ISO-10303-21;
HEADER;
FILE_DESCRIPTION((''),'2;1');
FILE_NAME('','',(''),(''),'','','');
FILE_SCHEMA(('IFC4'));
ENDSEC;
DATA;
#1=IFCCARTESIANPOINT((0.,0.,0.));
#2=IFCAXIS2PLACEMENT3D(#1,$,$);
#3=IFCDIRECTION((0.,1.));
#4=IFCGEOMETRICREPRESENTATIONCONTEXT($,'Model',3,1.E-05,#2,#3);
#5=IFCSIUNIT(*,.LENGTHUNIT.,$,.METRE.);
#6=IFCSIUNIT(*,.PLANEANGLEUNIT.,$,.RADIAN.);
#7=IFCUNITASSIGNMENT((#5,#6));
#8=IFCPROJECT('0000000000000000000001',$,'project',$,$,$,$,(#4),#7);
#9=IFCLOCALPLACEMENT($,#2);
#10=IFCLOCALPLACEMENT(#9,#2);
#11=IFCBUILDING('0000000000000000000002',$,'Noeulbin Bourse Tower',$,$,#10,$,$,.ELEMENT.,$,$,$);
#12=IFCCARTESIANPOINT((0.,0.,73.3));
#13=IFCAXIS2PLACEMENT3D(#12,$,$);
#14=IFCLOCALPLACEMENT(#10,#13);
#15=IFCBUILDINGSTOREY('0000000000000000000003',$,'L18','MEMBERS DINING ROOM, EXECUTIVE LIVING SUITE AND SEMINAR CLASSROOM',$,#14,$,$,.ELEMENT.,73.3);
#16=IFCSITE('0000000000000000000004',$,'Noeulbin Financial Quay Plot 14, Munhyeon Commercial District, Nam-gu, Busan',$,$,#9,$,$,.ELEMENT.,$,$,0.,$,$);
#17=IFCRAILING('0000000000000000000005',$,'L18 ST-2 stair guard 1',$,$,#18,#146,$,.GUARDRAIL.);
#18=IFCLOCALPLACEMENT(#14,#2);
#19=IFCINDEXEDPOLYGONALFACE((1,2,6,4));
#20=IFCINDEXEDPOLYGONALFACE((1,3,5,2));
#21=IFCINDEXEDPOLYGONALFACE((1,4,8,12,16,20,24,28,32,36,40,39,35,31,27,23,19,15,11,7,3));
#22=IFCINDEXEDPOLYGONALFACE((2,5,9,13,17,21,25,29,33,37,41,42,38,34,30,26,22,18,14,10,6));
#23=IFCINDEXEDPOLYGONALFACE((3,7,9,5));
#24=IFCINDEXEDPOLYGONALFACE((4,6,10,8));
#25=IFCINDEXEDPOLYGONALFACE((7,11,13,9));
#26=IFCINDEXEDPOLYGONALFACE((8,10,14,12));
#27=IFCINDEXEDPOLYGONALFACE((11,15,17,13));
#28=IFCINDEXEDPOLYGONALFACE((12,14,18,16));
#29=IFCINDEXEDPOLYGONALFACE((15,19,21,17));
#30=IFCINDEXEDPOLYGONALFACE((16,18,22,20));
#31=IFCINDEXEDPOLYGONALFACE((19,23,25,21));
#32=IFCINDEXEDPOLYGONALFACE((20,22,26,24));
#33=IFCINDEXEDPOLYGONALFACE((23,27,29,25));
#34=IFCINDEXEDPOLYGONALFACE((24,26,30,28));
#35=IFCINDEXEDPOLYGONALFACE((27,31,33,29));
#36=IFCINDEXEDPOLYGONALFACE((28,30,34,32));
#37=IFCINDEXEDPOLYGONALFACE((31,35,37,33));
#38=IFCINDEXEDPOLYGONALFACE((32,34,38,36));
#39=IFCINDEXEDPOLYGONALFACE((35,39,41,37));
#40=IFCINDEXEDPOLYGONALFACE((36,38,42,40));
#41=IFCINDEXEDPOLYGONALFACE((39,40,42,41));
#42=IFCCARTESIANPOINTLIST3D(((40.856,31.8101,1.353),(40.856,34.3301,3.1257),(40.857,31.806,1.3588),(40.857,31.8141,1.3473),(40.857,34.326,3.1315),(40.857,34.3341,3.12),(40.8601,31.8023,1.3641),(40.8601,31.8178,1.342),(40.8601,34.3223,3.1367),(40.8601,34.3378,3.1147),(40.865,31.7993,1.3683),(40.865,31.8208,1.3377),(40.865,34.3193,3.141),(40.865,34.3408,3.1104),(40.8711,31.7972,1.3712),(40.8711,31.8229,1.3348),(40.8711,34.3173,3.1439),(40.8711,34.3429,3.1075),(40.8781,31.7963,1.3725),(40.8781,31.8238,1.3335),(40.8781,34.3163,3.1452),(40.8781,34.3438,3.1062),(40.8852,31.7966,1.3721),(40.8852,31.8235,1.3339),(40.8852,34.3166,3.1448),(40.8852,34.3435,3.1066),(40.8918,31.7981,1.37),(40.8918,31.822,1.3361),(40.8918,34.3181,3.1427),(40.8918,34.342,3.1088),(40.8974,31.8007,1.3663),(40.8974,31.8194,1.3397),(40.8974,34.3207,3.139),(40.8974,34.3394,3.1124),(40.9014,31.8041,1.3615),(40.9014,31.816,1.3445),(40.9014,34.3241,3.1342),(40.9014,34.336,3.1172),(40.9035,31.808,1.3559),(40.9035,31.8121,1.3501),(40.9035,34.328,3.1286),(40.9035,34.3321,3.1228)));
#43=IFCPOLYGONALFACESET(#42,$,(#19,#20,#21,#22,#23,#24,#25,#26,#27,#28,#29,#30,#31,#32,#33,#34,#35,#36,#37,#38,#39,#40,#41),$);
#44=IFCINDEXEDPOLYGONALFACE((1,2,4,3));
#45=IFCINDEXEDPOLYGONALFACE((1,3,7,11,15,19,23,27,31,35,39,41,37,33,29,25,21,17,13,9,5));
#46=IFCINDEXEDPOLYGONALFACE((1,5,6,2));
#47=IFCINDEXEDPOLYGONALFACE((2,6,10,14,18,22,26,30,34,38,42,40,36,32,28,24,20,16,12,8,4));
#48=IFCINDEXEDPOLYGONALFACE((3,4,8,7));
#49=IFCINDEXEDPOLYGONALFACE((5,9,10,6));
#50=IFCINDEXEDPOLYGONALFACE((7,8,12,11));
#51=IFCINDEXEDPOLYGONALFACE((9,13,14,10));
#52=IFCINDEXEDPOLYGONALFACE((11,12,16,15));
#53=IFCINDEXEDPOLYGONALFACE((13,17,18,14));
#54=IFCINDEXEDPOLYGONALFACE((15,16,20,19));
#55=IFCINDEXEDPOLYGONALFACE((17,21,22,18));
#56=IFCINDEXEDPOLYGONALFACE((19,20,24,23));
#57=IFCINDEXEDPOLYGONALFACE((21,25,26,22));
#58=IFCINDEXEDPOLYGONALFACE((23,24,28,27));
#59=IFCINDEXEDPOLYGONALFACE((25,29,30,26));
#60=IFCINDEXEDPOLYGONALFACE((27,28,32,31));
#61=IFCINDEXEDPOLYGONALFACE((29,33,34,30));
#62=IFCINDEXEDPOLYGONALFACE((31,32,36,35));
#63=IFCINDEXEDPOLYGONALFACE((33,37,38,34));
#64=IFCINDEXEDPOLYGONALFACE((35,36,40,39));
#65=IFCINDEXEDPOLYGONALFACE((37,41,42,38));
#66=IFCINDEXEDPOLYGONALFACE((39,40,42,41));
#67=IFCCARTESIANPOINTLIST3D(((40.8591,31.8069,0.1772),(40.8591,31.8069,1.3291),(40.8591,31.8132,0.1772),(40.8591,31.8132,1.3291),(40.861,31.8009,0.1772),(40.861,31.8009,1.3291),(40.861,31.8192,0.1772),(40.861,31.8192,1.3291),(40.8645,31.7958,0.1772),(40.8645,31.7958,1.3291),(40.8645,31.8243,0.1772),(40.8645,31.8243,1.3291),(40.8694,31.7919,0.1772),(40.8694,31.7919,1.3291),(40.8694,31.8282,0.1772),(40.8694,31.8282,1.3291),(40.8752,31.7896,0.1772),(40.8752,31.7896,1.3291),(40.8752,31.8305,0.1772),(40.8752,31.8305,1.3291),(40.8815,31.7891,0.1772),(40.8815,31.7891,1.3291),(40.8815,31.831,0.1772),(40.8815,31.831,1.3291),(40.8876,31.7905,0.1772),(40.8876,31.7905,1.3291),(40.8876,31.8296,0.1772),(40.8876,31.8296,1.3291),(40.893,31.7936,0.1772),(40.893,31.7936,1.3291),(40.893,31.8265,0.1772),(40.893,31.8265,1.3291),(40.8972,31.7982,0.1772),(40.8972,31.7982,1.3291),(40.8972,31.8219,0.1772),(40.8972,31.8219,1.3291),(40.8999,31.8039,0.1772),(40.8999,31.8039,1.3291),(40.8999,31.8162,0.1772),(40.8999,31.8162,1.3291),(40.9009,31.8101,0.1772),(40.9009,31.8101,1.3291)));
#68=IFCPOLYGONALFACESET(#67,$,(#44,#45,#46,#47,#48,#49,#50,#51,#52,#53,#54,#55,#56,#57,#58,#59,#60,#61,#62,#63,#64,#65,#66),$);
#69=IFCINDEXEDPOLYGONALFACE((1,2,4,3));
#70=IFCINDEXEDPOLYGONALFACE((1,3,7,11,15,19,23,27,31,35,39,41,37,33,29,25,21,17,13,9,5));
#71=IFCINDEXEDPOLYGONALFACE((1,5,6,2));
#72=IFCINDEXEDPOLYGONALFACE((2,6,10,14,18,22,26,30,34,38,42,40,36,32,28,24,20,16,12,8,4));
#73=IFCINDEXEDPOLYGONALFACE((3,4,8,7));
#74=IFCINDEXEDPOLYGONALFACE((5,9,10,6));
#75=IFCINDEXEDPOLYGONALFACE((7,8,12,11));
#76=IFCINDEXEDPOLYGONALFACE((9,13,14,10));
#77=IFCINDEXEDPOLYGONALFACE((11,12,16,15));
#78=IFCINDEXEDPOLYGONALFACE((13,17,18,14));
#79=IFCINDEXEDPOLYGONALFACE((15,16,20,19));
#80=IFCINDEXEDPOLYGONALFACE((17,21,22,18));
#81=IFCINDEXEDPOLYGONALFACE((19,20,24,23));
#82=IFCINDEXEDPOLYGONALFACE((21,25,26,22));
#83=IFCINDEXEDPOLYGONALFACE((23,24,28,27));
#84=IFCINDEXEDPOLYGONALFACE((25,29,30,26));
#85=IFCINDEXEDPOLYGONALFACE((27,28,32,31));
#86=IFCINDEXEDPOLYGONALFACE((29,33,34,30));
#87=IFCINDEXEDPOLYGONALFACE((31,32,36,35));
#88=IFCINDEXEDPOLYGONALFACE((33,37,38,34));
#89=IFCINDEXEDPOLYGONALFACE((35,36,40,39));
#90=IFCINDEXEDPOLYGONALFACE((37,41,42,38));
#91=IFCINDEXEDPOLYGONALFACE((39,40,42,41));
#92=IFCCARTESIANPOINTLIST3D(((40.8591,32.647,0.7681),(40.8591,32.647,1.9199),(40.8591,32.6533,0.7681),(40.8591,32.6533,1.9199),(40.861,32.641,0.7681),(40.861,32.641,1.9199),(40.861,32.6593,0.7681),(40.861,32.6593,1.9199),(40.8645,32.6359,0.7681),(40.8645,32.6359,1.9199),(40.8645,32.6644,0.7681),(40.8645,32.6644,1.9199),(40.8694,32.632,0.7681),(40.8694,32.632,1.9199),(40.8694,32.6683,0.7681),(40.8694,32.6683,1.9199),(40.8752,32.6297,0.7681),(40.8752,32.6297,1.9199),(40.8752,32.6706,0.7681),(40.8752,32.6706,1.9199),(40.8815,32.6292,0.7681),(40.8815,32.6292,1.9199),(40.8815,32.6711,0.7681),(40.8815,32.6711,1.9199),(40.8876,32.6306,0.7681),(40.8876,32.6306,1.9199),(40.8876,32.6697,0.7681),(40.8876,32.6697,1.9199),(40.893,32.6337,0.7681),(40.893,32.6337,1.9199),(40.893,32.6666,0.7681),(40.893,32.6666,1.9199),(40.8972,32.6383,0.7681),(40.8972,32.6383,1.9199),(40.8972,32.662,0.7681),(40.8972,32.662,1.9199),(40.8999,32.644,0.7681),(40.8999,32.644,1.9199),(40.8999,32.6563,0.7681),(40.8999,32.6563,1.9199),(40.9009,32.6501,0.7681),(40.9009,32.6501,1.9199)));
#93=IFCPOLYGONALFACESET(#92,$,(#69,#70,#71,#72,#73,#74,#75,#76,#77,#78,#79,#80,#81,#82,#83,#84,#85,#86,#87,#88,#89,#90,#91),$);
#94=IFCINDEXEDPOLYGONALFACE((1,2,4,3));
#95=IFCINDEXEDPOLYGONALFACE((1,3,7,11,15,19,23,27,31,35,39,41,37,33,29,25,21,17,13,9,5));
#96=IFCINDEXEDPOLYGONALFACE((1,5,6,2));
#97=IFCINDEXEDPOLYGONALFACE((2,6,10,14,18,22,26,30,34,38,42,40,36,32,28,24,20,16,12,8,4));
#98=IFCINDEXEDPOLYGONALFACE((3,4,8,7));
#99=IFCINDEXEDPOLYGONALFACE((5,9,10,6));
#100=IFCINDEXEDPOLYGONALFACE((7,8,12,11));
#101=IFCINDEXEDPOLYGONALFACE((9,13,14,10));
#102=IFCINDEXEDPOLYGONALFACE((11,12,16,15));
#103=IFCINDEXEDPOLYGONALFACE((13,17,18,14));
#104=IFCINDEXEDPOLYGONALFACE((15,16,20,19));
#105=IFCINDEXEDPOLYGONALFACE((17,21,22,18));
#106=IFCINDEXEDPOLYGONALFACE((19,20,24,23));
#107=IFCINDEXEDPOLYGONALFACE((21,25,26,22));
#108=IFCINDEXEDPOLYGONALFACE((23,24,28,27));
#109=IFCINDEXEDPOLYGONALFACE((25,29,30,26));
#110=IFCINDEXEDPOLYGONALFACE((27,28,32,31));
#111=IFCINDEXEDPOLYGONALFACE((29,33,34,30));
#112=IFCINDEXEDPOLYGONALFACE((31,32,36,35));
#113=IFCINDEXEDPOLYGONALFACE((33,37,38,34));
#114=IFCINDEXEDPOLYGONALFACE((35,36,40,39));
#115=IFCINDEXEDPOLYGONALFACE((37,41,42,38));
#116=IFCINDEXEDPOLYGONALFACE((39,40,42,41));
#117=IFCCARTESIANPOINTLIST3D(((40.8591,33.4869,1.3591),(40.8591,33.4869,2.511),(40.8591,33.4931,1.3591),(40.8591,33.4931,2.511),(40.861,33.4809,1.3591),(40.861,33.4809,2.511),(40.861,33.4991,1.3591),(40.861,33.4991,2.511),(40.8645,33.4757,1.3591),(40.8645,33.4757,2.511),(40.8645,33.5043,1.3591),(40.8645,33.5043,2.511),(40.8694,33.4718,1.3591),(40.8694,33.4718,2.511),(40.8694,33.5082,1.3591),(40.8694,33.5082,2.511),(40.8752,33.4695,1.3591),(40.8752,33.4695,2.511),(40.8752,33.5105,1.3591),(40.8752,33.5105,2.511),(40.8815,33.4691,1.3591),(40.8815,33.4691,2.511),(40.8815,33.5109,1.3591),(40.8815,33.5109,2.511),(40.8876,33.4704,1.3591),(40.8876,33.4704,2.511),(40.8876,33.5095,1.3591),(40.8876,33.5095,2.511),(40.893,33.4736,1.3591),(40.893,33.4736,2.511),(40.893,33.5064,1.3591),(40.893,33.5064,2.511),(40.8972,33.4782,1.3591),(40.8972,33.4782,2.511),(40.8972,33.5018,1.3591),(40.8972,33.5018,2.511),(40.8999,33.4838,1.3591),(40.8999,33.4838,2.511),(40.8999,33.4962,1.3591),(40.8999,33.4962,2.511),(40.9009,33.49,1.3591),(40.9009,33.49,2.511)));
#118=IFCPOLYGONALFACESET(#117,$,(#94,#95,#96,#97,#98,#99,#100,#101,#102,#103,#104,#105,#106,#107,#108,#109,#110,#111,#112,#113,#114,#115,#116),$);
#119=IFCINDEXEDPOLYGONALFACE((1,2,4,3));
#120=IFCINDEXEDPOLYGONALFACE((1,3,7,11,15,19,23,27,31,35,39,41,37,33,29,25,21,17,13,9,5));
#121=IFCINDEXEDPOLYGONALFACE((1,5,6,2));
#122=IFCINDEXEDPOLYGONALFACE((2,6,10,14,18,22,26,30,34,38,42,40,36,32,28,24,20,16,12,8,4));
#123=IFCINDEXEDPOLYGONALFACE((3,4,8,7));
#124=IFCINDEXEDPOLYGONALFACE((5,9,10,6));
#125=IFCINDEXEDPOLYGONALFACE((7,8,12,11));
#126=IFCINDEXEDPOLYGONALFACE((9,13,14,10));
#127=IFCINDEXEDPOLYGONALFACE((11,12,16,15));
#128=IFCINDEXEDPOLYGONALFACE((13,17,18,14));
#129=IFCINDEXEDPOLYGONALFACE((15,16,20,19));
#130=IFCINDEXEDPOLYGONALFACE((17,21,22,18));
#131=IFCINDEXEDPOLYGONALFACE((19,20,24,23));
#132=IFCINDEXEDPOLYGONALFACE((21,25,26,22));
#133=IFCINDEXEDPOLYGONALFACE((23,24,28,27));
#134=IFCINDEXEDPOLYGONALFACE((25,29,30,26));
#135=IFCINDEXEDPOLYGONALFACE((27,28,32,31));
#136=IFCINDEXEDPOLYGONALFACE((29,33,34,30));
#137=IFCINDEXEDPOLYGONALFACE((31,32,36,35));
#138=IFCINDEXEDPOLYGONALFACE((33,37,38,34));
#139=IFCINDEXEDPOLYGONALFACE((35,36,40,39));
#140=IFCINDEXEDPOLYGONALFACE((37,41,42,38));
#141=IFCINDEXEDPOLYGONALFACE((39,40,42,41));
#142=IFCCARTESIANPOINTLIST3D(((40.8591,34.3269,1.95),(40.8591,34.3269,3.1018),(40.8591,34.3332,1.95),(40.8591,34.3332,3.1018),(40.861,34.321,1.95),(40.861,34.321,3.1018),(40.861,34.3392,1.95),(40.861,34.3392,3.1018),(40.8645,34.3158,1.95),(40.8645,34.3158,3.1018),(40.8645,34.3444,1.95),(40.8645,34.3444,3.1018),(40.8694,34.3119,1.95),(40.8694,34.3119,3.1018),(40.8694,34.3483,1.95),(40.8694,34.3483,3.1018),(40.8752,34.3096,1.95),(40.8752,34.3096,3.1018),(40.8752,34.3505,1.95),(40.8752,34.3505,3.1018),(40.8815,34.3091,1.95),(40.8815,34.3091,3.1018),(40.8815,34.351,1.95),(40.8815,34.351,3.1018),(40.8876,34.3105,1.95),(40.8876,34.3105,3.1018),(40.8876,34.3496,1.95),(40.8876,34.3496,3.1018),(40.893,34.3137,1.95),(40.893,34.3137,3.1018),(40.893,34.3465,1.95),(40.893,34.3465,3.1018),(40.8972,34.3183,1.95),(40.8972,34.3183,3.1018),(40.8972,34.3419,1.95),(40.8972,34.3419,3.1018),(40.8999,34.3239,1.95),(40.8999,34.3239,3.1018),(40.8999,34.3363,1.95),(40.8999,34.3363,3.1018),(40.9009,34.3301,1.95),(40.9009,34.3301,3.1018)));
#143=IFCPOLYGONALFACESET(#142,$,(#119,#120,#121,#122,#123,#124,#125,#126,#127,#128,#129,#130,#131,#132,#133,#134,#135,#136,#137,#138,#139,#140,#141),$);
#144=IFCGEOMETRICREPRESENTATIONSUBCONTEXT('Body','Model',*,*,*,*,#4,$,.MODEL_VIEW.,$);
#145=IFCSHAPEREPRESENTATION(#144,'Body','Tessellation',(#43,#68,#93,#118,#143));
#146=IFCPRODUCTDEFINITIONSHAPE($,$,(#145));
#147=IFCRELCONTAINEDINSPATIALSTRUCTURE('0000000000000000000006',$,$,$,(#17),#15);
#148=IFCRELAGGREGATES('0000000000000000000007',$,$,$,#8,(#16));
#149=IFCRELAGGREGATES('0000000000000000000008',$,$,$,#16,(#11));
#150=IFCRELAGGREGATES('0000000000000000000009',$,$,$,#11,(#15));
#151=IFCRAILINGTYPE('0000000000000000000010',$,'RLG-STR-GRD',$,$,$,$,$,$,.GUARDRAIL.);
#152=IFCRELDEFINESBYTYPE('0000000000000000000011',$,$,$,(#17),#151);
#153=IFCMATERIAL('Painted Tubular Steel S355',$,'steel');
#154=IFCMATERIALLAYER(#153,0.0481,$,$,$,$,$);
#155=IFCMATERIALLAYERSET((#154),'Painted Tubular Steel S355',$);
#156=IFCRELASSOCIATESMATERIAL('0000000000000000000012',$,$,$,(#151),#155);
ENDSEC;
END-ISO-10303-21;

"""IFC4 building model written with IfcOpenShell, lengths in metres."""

from ifc_helpers import new_model, si_unit, direction, frame, origin, origin_2d, place, context, subcontext, project, spatial, circle, extrude, material, layer, layer_set, type_object, element, save


model = new_model("IFC4")

# Units and contexts
model_context = context("Model", 3, precision=1e-05, world=origin(), true_north=direction((0.0, 1.0)))
body_context = subcontext(model_context, "Body", "Model", "MODEL_VIEW")
ifc_project = project(units=[si_unit("LENGTHUNIT", "METRE"), si_unit("PLANEANGLEUNIT", "RADIAN")], contexts=[model_context])

# Site, building, storey
site_placement = place(None, origin())
site = spatial("IfcSite", under=ifc_project, at=site_placement, Name="Noeulbin Financial Quay Plot 14, Munhyeon Commercial District, Nam-gu, Busan", CompositionType="ELEMENT", RefElevation=0.0)
building_placement = place(site_placement, origin())
building = spatial("IfcBuilding", under=site, at=building_placement, Name="Noeulbin Bourse Tower", CompositionType="ELEMENT")
storey_placement = place(building_placement, frame((0.0, 0.0, 73.3)))
storey = spatial("IfcBuildingStorey", under=building, at=storey_placement, Name="L18", Description="MEMBERS DINING ROOM, EXECUTIVE LIVING SUITE AND SEMINAR CLASSROOM", CompositionType="ELEMENT", Elevation=73.3)

# Railing
ifc_material_1 = material(Name="Painted Tubular Steel S355", Category="steel")
ifc_layer_1 = layer(ifc_material_1, 0.0481)
ifc_layer_set_1 = layer_set([ifc_layer_1], Name="Painted Tubular Steel S355")
railing_type_1 = type_object("IfcRailingType", Name="RLG-STR-GRD", PredefinedType="GUARDRAIL", material=ifc_layer_set_1)
railing_1_placement = place(storey_placement, frame((40.8799, 31.8101, 0.1772)))
element("IfcRailing", 1, at=railing_1_placement, inside=storey, type_object=railing_type_1, Name="L18 ST-2 stair guard 1", PredefinedType="GUARDRAIL", context=body_context, shape_type="SweptSolid", body=[
    extrude(circle(Radius=0.0239, at=origin_2d()), frame((0.0, 0.0, 1.1758), z_axis=(0.0, 0.817904, 0.575354), x_axis=(-1.0, 0.0, 0.0)), (0.0, 0.0, 1.0), 3.0811),
    extrude(circle(Radius=0.021, at=origin_2d()), origin(), (0.0, 0.0, 1.0), 1.1519),
    extrude(circle(Radius=0.021, at=origin_2d()), frame((0.0, 0.8401, 0.5908)), (0.0, 0.0, 1.0), 1.1519),
    extrude(circle(Radius=0.021, at=origin_2d()), frame((0.0, 1.6799, 1.1819)), (0.0, 0.0, 1.0), 1.1519),
    extrude(circle(Radius=0.021, at=origin_2d()), frame((0.0, 2.52, 1.7727)), (0.0, 0.0, 1.0), 1.1519),
])

save(model, "model.ifc")
